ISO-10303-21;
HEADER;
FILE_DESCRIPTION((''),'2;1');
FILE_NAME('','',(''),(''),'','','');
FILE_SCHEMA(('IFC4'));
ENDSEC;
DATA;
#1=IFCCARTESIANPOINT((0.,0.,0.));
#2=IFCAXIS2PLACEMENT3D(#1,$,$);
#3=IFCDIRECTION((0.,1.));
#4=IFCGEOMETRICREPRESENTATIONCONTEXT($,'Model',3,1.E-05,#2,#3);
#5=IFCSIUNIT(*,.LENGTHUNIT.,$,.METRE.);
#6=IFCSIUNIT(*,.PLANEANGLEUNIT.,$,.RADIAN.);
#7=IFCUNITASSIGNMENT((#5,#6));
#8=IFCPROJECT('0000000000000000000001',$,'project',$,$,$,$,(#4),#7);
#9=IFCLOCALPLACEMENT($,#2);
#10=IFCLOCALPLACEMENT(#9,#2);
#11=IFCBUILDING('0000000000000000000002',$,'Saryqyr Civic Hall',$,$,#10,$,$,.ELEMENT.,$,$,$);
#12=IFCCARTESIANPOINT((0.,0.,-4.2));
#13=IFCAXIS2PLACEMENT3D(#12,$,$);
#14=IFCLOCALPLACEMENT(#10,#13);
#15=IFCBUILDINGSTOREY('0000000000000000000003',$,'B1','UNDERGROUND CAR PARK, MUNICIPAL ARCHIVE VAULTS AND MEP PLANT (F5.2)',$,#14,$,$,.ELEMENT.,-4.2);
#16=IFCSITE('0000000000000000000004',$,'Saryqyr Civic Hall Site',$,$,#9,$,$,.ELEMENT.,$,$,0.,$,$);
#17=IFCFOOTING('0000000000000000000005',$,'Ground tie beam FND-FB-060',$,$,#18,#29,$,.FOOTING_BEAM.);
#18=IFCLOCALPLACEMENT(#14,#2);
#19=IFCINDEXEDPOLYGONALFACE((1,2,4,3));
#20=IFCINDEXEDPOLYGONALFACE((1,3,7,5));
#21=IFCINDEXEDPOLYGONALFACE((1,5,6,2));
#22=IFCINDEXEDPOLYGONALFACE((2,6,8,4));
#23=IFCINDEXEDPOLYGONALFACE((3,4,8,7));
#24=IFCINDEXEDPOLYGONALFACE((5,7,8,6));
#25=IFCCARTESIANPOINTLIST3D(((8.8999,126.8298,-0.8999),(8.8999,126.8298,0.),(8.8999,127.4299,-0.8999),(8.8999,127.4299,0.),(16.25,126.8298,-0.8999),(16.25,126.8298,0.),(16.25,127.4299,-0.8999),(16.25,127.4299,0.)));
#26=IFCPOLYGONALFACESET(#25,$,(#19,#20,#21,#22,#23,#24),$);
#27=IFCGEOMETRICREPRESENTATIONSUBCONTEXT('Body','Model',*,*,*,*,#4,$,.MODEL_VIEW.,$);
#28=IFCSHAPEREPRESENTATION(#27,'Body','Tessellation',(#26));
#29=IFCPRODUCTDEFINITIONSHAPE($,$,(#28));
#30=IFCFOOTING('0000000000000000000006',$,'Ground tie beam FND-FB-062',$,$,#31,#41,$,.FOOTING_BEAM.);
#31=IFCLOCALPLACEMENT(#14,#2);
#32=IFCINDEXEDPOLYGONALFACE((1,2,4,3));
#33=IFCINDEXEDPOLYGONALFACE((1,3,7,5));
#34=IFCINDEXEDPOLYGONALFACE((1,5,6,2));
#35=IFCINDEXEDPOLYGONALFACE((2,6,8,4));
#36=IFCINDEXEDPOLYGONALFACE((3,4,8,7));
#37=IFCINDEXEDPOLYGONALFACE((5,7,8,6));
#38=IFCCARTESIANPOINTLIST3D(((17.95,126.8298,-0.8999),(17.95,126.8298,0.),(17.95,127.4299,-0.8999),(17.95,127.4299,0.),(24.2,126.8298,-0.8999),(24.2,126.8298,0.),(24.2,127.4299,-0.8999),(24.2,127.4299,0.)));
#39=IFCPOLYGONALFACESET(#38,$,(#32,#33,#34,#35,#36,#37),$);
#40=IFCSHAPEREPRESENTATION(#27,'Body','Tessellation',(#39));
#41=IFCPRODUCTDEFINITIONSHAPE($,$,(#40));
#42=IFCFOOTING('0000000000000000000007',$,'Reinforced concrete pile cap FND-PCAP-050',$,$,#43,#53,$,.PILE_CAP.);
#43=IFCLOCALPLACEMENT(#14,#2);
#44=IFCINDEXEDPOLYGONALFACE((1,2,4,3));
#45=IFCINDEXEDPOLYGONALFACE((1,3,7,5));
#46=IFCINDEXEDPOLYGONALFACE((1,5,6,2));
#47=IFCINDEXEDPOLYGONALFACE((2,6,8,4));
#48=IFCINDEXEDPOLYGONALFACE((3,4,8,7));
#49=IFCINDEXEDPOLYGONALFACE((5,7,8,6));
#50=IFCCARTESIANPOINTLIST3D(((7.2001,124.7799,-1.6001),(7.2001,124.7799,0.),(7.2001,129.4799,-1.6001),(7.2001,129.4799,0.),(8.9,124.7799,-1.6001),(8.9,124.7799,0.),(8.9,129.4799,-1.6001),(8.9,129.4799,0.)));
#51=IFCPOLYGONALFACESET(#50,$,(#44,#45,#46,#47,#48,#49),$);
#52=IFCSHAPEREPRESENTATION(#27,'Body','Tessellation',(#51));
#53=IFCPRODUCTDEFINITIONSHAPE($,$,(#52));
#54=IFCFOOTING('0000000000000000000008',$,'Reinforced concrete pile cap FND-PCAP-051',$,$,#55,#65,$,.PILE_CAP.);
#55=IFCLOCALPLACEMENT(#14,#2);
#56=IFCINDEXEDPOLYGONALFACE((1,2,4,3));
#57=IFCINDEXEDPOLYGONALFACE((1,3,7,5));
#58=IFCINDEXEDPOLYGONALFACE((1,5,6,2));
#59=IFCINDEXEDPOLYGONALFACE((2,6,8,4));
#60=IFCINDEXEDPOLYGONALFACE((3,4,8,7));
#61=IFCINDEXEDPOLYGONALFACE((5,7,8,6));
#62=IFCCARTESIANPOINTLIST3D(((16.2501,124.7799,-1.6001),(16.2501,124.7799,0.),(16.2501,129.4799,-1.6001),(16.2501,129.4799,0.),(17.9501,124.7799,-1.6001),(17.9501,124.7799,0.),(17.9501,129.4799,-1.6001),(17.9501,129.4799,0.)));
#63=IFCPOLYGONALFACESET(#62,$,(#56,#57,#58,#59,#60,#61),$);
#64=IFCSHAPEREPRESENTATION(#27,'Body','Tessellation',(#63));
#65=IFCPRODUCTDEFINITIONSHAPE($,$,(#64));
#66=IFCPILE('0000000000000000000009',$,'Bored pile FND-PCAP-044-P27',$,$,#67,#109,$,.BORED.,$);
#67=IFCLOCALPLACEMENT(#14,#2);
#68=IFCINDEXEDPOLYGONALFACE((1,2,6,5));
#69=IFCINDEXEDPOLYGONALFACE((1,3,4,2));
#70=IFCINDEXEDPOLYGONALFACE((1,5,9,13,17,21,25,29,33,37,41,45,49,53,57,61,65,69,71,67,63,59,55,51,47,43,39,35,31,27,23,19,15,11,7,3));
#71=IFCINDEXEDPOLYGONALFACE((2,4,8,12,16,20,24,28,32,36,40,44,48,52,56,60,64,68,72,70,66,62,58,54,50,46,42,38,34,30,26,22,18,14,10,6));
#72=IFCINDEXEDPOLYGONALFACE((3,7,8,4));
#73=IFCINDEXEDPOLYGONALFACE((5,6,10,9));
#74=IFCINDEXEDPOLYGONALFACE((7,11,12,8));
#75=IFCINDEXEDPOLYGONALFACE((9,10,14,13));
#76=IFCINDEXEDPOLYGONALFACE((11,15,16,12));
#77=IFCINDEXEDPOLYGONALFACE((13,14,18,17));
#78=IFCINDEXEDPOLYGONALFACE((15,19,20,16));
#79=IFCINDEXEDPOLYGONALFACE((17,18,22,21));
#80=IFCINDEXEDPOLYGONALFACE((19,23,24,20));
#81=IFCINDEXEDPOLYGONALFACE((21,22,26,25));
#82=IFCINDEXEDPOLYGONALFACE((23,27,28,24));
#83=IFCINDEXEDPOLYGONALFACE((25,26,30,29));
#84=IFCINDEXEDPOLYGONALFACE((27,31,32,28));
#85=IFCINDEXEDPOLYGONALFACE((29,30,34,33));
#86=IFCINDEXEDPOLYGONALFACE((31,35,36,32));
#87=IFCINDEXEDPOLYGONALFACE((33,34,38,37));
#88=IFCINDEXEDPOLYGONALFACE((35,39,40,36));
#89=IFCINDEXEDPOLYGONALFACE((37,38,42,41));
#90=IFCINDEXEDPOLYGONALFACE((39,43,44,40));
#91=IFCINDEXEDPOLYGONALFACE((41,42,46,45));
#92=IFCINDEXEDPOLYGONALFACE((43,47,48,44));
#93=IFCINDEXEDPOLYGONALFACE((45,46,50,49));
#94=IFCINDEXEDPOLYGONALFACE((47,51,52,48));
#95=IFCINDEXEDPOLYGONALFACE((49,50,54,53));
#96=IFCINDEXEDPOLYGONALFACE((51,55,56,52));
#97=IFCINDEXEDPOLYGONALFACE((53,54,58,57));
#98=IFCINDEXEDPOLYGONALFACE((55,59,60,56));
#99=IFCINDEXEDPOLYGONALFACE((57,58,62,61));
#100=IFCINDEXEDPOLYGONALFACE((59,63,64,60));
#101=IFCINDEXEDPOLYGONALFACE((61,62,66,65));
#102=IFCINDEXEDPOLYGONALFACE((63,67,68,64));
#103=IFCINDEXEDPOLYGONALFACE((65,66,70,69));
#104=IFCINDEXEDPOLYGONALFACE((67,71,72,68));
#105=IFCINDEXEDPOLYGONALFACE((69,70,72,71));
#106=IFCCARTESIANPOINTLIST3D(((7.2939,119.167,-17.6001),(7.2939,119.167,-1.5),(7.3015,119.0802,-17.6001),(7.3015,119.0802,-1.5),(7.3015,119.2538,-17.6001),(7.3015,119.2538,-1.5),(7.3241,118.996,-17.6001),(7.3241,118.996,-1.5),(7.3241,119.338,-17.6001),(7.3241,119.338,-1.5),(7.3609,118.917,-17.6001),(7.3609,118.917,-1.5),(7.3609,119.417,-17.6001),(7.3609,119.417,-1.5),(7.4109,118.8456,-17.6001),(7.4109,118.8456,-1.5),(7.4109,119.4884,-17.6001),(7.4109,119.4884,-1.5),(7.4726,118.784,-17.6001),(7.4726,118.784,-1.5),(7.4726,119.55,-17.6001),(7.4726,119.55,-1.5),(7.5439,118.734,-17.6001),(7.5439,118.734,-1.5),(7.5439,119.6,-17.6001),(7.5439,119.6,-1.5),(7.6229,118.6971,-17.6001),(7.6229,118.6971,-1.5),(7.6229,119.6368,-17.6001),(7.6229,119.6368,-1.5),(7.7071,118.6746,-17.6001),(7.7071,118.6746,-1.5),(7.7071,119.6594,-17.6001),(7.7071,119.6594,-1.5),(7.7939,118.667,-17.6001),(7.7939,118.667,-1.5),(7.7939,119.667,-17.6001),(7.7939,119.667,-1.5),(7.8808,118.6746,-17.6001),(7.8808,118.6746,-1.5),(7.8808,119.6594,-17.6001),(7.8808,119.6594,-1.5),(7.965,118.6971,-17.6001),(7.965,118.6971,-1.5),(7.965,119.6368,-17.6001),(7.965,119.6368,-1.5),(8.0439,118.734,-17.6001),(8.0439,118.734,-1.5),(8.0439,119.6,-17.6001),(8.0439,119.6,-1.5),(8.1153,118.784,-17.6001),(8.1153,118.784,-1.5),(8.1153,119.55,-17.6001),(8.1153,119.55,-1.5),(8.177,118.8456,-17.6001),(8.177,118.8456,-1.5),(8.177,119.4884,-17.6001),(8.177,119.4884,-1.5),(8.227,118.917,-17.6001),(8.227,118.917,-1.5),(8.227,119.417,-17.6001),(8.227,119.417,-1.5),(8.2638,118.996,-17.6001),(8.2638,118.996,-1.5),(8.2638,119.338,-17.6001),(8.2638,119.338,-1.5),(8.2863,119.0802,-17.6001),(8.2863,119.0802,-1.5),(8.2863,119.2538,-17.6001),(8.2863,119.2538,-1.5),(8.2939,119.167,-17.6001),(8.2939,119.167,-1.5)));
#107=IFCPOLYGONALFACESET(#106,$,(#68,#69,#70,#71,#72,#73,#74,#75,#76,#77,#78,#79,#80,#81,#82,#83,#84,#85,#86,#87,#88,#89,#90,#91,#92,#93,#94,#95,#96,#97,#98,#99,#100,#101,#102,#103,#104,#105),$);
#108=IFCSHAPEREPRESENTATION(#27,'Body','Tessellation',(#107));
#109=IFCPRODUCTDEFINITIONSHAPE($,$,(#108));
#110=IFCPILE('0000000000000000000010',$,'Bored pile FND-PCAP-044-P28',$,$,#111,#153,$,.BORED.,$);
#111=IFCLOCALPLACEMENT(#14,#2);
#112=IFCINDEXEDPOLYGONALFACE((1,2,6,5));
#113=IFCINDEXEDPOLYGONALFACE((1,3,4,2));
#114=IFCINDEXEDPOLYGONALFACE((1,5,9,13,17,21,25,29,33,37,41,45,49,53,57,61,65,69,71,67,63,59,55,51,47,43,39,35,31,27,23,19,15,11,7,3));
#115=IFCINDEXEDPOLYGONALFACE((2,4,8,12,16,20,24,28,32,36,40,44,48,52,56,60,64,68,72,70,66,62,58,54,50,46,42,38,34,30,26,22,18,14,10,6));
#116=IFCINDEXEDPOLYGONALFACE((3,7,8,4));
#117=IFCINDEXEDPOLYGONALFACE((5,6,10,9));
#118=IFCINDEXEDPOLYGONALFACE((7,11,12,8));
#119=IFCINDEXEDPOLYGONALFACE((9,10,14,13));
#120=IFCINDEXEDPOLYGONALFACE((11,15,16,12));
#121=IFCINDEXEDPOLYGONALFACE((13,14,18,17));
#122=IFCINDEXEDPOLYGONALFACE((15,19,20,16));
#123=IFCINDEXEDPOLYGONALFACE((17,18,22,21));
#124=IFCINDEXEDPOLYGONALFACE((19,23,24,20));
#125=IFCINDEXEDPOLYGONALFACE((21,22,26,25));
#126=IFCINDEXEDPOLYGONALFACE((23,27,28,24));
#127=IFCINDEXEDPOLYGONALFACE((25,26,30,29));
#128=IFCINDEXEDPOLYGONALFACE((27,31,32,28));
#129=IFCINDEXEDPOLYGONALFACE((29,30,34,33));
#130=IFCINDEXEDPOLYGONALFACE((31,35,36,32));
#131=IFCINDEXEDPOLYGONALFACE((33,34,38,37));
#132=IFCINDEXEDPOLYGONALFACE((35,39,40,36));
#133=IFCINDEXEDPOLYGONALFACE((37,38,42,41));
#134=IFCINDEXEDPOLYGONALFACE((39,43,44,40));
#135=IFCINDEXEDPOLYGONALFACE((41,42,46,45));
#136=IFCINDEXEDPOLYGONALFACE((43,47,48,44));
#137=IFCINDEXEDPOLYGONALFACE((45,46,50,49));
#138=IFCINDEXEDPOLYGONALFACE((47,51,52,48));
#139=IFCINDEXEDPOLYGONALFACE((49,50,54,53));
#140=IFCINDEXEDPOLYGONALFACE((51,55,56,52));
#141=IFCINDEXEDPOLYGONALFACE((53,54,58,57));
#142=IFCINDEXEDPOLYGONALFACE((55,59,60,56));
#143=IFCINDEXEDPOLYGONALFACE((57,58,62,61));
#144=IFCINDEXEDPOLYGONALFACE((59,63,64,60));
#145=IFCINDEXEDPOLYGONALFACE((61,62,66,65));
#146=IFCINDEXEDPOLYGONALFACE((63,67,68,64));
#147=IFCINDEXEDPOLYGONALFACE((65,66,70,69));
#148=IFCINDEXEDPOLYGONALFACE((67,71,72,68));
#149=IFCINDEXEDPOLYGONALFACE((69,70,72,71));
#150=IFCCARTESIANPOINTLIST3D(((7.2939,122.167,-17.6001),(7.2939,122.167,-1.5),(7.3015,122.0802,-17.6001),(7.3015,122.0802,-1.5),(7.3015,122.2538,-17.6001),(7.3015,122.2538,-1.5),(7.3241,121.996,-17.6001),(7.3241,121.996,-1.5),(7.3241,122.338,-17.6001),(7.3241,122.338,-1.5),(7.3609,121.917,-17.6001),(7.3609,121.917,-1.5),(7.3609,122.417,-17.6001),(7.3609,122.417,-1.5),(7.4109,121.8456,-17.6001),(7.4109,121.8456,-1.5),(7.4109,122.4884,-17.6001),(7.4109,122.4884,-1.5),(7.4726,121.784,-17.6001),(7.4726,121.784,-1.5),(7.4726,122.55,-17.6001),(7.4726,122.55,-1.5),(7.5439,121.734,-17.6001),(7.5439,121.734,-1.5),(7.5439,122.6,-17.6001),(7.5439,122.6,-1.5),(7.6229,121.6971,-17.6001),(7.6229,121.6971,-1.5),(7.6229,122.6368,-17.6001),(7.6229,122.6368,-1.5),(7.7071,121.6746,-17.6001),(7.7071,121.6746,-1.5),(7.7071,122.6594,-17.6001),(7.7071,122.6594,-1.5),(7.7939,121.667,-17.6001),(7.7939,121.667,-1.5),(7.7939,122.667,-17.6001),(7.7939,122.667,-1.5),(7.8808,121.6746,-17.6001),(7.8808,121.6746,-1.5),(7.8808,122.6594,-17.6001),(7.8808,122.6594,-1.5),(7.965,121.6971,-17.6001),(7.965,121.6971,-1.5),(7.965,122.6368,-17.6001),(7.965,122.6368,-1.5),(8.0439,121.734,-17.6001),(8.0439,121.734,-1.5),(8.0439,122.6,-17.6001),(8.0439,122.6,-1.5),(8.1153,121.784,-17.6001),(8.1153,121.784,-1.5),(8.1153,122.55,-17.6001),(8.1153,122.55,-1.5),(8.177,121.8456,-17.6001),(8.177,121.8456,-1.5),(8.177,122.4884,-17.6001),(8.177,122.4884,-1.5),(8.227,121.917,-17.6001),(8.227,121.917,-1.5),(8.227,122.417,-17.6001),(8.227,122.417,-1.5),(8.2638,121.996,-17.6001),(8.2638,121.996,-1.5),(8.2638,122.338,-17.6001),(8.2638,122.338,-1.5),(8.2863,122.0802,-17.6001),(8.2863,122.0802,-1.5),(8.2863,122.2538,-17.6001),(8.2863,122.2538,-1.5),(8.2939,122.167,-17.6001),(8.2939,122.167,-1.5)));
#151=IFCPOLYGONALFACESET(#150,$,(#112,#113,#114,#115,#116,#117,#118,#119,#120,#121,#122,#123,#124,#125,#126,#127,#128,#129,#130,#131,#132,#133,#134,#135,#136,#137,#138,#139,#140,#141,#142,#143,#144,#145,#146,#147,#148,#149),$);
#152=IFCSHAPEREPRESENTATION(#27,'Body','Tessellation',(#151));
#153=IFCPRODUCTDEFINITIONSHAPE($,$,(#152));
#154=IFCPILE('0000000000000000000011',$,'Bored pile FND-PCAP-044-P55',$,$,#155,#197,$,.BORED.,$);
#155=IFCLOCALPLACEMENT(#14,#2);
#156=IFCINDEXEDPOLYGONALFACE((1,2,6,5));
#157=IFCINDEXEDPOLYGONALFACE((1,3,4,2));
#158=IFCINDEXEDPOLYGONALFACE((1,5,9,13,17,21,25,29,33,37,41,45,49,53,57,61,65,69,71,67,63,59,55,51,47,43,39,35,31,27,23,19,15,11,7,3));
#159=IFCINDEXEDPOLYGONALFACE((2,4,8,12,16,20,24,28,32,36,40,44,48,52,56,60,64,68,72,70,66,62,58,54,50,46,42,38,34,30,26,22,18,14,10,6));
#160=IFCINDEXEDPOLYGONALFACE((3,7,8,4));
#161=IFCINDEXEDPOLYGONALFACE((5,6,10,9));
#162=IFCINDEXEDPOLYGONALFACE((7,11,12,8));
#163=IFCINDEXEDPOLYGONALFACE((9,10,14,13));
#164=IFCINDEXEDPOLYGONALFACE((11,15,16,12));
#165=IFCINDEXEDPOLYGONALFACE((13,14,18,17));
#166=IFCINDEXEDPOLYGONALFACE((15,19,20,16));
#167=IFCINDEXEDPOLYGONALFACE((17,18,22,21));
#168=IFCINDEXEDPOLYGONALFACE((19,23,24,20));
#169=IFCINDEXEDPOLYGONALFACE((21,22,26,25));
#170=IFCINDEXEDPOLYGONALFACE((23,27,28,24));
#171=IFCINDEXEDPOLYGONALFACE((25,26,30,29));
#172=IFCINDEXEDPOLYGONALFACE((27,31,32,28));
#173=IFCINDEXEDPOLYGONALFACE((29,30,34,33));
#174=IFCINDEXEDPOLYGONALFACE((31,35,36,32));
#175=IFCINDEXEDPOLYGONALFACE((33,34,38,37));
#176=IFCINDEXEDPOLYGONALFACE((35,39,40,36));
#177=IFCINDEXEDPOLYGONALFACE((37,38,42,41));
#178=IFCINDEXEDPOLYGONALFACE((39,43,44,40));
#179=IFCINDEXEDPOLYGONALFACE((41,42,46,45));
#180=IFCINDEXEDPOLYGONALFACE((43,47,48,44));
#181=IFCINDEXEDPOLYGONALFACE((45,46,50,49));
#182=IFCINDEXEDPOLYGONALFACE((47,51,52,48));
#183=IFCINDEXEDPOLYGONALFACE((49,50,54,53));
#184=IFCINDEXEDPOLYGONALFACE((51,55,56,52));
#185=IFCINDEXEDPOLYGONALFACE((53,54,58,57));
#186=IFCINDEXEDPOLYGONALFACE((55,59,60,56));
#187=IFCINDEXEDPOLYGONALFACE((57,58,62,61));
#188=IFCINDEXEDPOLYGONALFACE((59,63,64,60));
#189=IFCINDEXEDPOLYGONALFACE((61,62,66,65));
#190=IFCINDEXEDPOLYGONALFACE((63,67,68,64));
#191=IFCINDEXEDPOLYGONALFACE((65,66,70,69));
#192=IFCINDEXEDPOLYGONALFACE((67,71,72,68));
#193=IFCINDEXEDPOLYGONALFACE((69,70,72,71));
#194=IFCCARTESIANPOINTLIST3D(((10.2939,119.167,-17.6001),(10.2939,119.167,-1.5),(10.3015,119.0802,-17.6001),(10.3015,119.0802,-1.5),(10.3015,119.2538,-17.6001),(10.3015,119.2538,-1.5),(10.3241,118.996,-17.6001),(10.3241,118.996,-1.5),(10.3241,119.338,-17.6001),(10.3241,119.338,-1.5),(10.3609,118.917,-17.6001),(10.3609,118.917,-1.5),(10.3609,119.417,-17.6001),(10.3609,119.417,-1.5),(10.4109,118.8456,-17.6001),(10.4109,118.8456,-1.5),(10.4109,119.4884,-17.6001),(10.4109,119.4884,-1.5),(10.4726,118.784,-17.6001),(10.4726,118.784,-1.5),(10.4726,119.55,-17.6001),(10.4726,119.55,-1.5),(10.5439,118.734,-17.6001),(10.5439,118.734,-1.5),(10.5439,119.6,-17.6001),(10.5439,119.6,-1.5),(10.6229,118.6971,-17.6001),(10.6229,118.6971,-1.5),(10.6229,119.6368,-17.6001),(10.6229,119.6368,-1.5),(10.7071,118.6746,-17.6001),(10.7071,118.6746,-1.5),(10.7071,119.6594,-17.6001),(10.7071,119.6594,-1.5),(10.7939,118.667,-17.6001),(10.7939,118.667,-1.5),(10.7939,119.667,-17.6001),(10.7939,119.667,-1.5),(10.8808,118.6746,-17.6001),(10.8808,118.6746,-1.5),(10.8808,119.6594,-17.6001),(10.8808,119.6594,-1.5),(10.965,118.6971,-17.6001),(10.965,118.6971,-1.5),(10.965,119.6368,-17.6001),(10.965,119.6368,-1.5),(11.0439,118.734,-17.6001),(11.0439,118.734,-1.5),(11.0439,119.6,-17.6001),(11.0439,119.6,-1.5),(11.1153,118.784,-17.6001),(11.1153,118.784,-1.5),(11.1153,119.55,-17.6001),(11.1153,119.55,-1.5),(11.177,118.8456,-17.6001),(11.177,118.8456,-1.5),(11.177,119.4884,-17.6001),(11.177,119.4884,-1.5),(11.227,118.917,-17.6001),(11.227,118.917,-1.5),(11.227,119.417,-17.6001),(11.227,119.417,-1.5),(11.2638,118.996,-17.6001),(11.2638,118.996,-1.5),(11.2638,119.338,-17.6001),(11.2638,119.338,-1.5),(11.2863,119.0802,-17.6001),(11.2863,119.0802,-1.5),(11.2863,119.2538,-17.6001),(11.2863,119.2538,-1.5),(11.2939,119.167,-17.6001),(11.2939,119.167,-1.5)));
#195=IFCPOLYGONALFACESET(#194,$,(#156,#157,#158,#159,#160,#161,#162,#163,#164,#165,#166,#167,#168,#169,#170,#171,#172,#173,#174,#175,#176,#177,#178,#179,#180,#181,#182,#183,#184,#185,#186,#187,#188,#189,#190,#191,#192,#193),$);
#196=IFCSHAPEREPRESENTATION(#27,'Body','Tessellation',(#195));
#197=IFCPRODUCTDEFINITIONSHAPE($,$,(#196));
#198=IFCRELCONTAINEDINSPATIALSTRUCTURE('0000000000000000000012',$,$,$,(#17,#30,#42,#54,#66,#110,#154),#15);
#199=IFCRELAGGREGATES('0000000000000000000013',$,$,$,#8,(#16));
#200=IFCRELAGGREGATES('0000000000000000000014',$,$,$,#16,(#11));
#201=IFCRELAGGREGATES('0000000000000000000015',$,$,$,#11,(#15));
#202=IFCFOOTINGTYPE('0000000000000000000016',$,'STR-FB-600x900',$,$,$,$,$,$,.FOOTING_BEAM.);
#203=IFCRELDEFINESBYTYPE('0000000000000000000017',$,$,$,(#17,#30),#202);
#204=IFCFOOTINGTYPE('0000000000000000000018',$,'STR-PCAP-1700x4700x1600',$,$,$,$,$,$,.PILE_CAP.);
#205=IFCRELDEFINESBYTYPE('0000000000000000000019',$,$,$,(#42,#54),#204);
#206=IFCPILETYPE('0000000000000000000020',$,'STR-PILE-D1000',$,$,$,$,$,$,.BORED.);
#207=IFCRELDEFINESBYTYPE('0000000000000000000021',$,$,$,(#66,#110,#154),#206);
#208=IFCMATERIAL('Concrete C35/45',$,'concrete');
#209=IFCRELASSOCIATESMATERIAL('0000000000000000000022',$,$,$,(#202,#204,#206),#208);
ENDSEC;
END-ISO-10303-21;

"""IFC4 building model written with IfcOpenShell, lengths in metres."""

from ifc_helpers import new_model, si_unit, direction, frame, origin, origin_2d, place, context, subcontext, project, spatial, rectangle, circle, extrude, material, material_profile, profile_set, type_object, element, save


model = new_model("IFC4")

# Units and contexts
model_context = context("Model", 3, precision=1e-05, world=origin(), true_north=direction((0.0, 1.0)))
body_context = subcontext(model_context, "Body", "Model", "MODEL_VIEW")
ifc_project = project(units=[si_unit("LENGTHUNIT", "METRE"), si_unit("PLANEANGLEUNIT", "RADIAN")], contexts=[model_context])

# Site, building, storey
site_placement = place(None, origin())
site = spatial("IfcSite", under=ifc_project, at=site_placement, Name="Saryqyr Civic Hall Site", CompositionType="ELEMENT", RefElevation=0.0)
building_placement = place(site_placement, origin())
building = spatial("IfcBuilding", under=site, at=building_placement, Name="Saryqyr Civic Hall", CompositionType="ELEMENT")
storey_placement = place(building_placement, frame((0.0, 0.0, -4.2)))
storey = spatial("IfcBuildingStorey", under=building, at=storey_placement, Name="B1", Description="UNDERGROUND CAR PARK, MUNICIPAL ARCHIVE VAULTS AND MEP PLANT (F5.2)", CompositionType="ELEMENT", Elevation=-4.2)

# Footings
ifc_material_1 = material(Name="Concrete C35/45", Category="concrete")
footing_type_1 = type_object("IfcFootingType", Name="STR-FB-600x900", PredefinedType="FOOTING_BEAM", material=ifc_material_1)
footing_1_placement = place(storey_placement, frame((12.575, 127.1299, -0.8999), z_axis=(0.0, 0.0, 1.0), x_axis=(1.0, 0.0, 0.0)))
element("IfcFooting", 1, at=footing_1_placement, inside=storey, type_object=footing_type_1, Name="Ground tie beam FND-FB-060", PredefinedType="FOOTING_BEAM", context=body_context, shape_type="SweptSolid", body=[
    extrude(rectangle(XDim=7.3501, YDim=0.6001, at=origin_2d()), origin(), (0.0, 0.0, 1.0), 0.8999),
])
footing_2_placement = place(storey_placement, frame((21.075, 127.1299, -0.8999), z_axis=(0.0, 0.0, 1.0), x_axis=(1.0, 0.0, 0.0)))
element("IfcFooting", 2, at=footing_2_placement, inside=storey, type_object=footing_type_1, Name="Ground tie beam FND-FB-062", PredefinedType="FOOTING_BEAM", context=body_context, shape_type="SweptSolid", body=[
    extrude(rectangle(XDim=6.25, YDim=0.6001, at=origin_2d()), origin(), (0.0, 0.0, 1.0), 0.8999),
])
footing_type_2 = type_object("IfcFootingType", Name="STR-PCAP-1700x4700x1600", PredefinedType="PILE_CAP", material=ifc_material_1)
for number, where, z_axis, x_axis, name in (
    (3, (8.05, 127.1299, -1.6001), (0.0, 0.0, 1.0), (1.0, 0.0, 0.0), "Reinforced concrete pile cap FND-PCAP-050"),
    (4, (17.1001, 127.1299, -1.6001), (0.0, 0.0, 1.0), (1.0, 0.0, 0.0), "Reinforced concrete pile cap FND-PCAP-051"),
):
    element("IfcFooting", number, at=place(storey_placement, frame(where, z_axis=z_axis, x_axis=x_axis)), inside=storey, type_object=footing_type_2, Name=name, PredefinedType="PILE_CAP", context=body_context, shape_type="SweptSolid", body=[
        extrude(rectangle(XDim=1.7, YDim=4.7, at=origin_2d()), origin(), (0.0, 0.0, 1.0), 1.6001),
    ])

# Piles
ifc_material_profile_1 = material_profile(ifc_material_1, circle(Radius=0.5, at=origin_2d()), Name="BORED PILE D1000")
ifc_profile_set_1 = profile_set([ifc_material_profile_1], Name="Concrete C35/45")
pile_type = type_object("IfcPileType", Name="STR-PILE-D1000", PredefinedType="BORED", material=ifc_profile_set_1)
for number, where, z_axis, x_axis, name in (
    (5, (7.7939, 119.167, -1.5), (0.0, 0.0, -1.0), (1.0, 0.0, 0.0), "Bored pile FND-PCAP-044-P27"),
    (6, (7.7939, 122.167, -1.5), (0.0, 0.0, -1.0), (1.0, 0.0, 0.0), "Bored pile FND-PCAP-044-P28"),
    (7, (10.7939, 119.167, -1.5), (0.0, 0.0, -1.0), (1.0, 0.0, 0.0), "Bored pile FND-PCAP-044-P55"),
):
    element("IfcPile", number, at=place(storey_placement, frame(where, z_axis=z_axis, x_axis=x_axis)), inside=storey, type_object=pile_type, Name=name, PredefinedType="BORED", context=body_context, shape_type="SweptSolid", body=[
        extrude(circle(Radius=0.5, at=origin_2d()), origin(), (0.0, 0.0, 1.0), 16.1001),
    ])

save(model, "model.ifc")
